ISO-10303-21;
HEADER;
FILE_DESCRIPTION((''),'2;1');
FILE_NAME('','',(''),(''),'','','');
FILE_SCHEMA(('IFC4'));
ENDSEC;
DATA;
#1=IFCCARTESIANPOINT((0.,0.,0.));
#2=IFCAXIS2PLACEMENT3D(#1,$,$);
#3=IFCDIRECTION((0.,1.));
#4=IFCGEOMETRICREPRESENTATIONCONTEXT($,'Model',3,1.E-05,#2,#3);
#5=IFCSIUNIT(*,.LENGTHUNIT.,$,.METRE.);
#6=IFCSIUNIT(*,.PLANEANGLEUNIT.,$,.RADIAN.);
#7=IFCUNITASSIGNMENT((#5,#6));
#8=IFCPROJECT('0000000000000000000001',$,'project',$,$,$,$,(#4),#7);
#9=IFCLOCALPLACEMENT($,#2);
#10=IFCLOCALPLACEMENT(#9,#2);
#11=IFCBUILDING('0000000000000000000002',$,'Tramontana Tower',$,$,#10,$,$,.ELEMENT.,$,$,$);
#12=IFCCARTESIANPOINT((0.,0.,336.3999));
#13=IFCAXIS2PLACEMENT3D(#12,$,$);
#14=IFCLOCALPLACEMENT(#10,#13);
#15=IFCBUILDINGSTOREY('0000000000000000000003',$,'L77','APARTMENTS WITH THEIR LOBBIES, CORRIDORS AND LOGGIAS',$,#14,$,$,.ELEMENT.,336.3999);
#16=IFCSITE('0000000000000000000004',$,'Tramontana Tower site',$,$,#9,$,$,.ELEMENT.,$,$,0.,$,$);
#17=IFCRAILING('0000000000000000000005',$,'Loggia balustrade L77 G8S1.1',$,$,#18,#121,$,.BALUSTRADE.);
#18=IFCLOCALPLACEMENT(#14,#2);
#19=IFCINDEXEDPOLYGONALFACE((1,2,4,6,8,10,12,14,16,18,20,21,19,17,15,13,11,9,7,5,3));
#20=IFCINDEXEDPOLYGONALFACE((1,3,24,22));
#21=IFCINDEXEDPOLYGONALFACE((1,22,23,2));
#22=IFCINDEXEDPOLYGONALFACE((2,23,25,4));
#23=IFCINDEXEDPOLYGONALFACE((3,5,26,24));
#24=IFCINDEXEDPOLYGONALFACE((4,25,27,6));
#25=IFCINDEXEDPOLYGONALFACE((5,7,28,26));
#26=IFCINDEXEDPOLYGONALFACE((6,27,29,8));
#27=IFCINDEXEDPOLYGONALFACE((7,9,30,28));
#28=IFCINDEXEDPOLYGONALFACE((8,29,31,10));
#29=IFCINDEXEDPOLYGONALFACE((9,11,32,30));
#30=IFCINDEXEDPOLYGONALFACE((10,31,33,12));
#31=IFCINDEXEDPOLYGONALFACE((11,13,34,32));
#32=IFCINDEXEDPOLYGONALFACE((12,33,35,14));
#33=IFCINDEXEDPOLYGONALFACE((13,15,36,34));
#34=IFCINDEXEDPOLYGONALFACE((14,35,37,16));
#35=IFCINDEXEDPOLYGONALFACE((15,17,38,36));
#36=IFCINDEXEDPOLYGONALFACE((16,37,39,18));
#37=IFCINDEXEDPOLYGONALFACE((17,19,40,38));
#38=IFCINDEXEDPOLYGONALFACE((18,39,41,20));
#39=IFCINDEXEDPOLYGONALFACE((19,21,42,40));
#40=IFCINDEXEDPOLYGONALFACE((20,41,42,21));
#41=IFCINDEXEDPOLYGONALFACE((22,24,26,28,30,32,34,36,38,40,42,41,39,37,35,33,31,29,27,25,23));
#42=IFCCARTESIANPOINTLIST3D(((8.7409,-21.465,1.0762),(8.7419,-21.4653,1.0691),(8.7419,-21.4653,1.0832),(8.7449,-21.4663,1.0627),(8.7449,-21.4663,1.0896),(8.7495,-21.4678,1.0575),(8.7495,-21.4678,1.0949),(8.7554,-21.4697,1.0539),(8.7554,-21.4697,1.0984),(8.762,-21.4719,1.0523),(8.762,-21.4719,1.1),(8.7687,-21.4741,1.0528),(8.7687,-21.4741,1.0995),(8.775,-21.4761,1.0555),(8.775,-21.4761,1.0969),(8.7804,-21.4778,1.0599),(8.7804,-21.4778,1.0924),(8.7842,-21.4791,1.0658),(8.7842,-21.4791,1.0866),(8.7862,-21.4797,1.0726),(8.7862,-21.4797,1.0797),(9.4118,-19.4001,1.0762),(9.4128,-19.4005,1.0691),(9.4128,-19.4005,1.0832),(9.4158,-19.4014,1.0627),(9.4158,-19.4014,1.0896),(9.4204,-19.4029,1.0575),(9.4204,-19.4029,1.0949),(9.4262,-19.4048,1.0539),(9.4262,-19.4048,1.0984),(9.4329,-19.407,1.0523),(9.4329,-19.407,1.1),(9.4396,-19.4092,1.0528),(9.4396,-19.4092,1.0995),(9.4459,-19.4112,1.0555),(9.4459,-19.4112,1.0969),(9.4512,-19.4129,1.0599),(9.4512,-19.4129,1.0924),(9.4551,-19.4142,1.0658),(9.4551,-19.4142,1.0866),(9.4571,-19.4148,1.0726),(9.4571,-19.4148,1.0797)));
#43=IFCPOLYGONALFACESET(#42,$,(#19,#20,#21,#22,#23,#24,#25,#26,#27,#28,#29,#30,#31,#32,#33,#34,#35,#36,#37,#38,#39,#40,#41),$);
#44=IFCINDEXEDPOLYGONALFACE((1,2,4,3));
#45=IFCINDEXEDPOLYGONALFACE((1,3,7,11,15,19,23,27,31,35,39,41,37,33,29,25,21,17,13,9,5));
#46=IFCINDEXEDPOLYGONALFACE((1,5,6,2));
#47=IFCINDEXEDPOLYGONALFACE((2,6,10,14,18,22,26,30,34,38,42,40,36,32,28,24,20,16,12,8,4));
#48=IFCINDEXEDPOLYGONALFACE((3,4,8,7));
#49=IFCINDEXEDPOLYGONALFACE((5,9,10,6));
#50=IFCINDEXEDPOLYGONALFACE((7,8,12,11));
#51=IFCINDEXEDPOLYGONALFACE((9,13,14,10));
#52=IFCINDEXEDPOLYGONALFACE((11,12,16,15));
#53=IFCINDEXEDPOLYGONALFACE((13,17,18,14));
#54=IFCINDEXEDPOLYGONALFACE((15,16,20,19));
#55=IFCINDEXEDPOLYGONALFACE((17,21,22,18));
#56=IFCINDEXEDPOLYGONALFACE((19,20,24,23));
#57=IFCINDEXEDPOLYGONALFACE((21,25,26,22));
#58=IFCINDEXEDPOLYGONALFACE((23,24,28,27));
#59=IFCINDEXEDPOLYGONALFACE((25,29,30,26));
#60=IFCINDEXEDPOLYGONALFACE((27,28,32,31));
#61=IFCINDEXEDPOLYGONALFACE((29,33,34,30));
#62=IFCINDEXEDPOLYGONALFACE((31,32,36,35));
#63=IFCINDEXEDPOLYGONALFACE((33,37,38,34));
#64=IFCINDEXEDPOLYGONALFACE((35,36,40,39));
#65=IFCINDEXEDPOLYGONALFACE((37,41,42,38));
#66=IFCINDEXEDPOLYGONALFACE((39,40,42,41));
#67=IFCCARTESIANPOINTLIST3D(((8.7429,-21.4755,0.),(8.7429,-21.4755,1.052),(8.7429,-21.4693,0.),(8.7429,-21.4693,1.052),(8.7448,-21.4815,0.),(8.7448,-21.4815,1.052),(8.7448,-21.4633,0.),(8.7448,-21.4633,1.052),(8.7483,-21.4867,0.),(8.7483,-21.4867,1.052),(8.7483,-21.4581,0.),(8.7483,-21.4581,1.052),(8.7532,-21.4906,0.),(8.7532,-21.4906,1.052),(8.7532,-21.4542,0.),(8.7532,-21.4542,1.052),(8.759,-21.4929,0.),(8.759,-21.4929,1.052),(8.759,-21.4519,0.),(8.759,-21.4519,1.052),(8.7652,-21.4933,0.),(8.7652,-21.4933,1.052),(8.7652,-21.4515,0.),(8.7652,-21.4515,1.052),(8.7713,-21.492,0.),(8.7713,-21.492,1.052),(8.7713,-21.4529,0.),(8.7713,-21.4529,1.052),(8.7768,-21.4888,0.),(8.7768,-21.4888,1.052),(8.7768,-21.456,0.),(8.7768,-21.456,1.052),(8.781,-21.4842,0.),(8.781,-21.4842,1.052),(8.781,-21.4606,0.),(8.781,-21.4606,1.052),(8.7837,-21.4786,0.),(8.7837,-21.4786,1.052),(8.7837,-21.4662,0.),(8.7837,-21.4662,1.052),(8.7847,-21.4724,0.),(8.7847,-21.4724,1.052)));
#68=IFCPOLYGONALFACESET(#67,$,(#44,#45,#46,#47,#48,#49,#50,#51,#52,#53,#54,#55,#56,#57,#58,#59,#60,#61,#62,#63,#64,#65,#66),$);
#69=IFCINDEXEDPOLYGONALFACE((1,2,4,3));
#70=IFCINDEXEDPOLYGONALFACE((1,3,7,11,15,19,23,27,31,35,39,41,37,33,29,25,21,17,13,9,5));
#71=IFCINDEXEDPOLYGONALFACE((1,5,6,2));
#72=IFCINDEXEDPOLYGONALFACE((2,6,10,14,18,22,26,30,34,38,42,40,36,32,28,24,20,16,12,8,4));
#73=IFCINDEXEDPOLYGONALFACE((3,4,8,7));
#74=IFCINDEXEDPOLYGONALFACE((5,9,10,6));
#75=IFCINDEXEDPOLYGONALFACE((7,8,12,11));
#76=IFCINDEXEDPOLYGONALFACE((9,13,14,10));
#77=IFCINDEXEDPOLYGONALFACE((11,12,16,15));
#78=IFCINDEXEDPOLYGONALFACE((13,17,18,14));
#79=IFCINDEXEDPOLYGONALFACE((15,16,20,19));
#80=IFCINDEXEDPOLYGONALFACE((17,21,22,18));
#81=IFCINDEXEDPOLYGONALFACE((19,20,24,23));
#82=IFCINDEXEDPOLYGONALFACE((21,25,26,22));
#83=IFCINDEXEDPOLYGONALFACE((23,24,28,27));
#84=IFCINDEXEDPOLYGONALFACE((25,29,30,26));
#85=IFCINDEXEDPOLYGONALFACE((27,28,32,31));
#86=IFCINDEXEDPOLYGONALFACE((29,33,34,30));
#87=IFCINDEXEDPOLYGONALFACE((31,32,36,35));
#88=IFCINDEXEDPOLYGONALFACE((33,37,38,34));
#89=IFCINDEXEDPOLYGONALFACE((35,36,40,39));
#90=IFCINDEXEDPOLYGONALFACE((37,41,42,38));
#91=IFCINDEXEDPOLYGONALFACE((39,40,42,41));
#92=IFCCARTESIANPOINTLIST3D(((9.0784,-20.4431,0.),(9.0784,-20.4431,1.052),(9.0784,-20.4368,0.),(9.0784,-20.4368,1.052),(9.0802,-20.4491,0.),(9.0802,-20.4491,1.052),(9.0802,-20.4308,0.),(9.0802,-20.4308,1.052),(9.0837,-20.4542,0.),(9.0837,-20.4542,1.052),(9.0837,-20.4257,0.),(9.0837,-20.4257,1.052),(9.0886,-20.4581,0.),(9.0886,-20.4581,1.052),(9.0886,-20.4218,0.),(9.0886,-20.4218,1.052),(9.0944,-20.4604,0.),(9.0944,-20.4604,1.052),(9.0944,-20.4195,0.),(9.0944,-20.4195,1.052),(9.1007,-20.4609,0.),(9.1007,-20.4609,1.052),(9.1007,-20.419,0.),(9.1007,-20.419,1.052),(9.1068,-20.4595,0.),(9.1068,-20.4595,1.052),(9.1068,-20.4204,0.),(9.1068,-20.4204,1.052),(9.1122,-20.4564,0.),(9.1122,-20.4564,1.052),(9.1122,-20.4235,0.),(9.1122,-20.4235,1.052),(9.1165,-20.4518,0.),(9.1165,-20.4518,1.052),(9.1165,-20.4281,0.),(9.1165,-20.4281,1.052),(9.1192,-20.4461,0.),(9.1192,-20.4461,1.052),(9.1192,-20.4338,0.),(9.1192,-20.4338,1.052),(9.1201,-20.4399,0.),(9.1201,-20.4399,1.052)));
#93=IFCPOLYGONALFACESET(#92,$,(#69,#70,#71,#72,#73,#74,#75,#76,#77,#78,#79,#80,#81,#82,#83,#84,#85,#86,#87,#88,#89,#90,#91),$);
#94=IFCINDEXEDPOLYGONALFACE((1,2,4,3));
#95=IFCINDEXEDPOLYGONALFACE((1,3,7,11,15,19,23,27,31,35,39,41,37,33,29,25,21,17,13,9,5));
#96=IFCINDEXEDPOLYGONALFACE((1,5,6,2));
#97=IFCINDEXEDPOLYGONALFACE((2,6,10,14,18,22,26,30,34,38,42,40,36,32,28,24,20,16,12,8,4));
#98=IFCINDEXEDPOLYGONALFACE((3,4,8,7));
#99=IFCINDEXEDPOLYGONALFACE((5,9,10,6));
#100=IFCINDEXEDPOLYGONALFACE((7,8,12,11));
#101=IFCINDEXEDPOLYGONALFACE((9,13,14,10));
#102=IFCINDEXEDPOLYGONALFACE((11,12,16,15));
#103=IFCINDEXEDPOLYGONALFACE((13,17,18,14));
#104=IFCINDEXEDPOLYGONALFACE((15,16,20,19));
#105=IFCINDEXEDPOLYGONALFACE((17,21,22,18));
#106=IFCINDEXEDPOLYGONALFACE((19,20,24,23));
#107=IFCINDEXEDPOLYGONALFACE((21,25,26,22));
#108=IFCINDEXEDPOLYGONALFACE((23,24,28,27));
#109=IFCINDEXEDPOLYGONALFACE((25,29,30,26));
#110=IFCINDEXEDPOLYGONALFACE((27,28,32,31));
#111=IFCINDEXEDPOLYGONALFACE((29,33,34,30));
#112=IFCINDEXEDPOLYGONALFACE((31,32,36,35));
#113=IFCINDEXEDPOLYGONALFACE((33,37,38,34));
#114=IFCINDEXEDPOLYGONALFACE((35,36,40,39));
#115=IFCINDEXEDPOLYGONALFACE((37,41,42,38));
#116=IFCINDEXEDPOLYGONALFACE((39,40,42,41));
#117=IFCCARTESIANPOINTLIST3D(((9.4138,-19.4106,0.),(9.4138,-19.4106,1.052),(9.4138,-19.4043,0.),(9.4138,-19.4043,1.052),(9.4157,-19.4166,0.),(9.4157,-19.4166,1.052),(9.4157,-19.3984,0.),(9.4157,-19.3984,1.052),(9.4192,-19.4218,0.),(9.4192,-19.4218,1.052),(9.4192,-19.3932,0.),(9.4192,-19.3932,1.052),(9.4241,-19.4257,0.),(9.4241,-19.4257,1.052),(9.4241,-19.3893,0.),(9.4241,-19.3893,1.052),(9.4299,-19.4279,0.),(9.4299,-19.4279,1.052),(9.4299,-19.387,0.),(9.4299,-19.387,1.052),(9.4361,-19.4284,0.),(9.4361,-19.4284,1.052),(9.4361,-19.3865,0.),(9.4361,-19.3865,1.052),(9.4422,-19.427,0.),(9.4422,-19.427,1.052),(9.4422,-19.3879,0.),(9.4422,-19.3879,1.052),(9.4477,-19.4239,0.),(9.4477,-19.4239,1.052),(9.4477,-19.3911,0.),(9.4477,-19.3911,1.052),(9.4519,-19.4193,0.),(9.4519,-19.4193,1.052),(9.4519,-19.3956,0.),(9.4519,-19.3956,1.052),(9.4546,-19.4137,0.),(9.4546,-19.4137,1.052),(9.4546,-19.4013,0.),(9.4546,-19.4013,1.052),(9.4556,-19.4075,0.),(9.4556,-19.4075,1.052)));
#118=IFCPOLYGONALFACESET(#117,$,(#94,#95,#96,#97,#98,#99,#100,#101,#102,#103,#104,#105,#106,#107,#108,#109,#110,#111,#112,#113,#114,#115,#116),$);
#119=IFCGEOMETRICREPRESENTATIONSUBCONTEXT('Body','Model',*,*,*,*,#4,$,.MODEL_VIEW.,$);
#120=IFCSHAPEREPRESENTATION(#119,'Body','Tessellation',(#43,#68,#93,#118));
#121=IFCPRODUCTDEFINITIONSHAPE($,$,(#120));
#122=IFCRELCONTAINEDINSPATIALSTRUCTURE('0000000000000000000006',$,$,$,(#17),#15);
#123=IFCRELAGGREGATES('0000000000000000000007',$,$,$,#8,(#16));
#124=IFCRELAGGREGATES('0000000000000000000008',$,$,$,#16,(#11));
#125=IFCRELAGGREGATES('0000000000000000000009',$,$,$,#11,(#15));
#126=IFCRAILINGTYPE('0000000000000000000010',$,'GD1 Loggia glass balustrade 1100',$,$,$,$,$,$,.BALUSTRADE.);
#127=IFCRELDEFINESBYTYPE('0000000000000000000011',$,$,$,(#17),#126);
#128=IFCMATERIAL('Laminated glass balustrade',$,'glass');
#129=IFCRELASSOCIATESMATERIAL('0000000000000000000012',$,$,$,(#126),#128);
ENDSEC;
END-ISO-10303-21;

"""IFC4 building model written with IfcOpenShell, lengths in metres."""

from ifc_helpers import new_model, si_unit, direction, frame, origin, origin_2d, place, context, subcontext, project, spatial, circle, extrude, material, type_object, element, save


model = new_model("IFC4")

# Units and contexts
model_context = context("Model", 3, precision=1e-05, world=origin(), true_north=direction((0.0, 1.0)))
body_context = subcontext(model_context, "Body", "Model", "MODEL_VIEW")
ifc_project = project(units=[si_unit("LENGTHUNIT", "METRE"), si_unit("PLANEANGLEUNIT", "RADIAN")], contexts=[model_context])

# Site, building, storey
site_placement = place(None, origin())
site = spatial("IfcSite", under=ifc_project, at=site_placement, Name="Tramontana Tower site", CompositionType="ELEMENT", RefElevation=0.0)
building_placement = place(site_placement, origin())
building = spatial("IfcBuilding", under=site, at=building_placement, Name="Tramontana Tower", CompositionType="ELEMENT")
storey_placement = place(building_placement, frame((0.0, 0.0, 336.3999)))
storey = spatial("IfcBuildingStorey", under=building, at=storey_placement, Name="L77", Description="APARTMENTS WITH THEIR LOBBIES, CORRIDORS AND LOGGIAS", CompositionType="ELEMENT", Elevation=336.3999)

# Railing
ifc_material_1 = material(Name="Laminated glass balustrade", Category="glass")
railing_type = type_object("IfcRailingType", Name="GD1 Loggia glass balustrade 1100", PredefinedType="BALUSTRADE", material=ifc_material_1)
railing_1_placement = place(storey_placement, frame((8.7637, -21.4724, 0.0)))
element("IfcRailing", 1, at=railing_1_placement, inside=storey, type_object=railing_type, Name="Loggia balustrade L77 G8S1.1", PredefinedType="BALUSTRADE", context=body_context, shape_type="SweptSolid", body=[
    extrude(circle(Radius=0.0239, at=origin_2d()), frame((0.0, 0.0, 1.0762), z_axis=(0.309, 0.951062, 0.0), x_axis=(-0.951062, 0.309, 0.0)), (0.0, 0.0, 1.0), 2.1711),
    extrude(circle(Radius=0.021, at=origin_2d()), origin(), (0.0, 0.0, 1.0), 1.052),
    extrude(circle(Radius=0.021, at=origin_2d()), frame((0.3354, 1.0325, 0.0)), (0.0, 0.0, 1.0), 1.052),
    extrude(circle(Radius=0.021, at=origin_2d()), frame((0.6709, 2.0649, 0.0)), (0.0, 0.0, 1.0), 1.052),
])

save(model, "model.ifc")
